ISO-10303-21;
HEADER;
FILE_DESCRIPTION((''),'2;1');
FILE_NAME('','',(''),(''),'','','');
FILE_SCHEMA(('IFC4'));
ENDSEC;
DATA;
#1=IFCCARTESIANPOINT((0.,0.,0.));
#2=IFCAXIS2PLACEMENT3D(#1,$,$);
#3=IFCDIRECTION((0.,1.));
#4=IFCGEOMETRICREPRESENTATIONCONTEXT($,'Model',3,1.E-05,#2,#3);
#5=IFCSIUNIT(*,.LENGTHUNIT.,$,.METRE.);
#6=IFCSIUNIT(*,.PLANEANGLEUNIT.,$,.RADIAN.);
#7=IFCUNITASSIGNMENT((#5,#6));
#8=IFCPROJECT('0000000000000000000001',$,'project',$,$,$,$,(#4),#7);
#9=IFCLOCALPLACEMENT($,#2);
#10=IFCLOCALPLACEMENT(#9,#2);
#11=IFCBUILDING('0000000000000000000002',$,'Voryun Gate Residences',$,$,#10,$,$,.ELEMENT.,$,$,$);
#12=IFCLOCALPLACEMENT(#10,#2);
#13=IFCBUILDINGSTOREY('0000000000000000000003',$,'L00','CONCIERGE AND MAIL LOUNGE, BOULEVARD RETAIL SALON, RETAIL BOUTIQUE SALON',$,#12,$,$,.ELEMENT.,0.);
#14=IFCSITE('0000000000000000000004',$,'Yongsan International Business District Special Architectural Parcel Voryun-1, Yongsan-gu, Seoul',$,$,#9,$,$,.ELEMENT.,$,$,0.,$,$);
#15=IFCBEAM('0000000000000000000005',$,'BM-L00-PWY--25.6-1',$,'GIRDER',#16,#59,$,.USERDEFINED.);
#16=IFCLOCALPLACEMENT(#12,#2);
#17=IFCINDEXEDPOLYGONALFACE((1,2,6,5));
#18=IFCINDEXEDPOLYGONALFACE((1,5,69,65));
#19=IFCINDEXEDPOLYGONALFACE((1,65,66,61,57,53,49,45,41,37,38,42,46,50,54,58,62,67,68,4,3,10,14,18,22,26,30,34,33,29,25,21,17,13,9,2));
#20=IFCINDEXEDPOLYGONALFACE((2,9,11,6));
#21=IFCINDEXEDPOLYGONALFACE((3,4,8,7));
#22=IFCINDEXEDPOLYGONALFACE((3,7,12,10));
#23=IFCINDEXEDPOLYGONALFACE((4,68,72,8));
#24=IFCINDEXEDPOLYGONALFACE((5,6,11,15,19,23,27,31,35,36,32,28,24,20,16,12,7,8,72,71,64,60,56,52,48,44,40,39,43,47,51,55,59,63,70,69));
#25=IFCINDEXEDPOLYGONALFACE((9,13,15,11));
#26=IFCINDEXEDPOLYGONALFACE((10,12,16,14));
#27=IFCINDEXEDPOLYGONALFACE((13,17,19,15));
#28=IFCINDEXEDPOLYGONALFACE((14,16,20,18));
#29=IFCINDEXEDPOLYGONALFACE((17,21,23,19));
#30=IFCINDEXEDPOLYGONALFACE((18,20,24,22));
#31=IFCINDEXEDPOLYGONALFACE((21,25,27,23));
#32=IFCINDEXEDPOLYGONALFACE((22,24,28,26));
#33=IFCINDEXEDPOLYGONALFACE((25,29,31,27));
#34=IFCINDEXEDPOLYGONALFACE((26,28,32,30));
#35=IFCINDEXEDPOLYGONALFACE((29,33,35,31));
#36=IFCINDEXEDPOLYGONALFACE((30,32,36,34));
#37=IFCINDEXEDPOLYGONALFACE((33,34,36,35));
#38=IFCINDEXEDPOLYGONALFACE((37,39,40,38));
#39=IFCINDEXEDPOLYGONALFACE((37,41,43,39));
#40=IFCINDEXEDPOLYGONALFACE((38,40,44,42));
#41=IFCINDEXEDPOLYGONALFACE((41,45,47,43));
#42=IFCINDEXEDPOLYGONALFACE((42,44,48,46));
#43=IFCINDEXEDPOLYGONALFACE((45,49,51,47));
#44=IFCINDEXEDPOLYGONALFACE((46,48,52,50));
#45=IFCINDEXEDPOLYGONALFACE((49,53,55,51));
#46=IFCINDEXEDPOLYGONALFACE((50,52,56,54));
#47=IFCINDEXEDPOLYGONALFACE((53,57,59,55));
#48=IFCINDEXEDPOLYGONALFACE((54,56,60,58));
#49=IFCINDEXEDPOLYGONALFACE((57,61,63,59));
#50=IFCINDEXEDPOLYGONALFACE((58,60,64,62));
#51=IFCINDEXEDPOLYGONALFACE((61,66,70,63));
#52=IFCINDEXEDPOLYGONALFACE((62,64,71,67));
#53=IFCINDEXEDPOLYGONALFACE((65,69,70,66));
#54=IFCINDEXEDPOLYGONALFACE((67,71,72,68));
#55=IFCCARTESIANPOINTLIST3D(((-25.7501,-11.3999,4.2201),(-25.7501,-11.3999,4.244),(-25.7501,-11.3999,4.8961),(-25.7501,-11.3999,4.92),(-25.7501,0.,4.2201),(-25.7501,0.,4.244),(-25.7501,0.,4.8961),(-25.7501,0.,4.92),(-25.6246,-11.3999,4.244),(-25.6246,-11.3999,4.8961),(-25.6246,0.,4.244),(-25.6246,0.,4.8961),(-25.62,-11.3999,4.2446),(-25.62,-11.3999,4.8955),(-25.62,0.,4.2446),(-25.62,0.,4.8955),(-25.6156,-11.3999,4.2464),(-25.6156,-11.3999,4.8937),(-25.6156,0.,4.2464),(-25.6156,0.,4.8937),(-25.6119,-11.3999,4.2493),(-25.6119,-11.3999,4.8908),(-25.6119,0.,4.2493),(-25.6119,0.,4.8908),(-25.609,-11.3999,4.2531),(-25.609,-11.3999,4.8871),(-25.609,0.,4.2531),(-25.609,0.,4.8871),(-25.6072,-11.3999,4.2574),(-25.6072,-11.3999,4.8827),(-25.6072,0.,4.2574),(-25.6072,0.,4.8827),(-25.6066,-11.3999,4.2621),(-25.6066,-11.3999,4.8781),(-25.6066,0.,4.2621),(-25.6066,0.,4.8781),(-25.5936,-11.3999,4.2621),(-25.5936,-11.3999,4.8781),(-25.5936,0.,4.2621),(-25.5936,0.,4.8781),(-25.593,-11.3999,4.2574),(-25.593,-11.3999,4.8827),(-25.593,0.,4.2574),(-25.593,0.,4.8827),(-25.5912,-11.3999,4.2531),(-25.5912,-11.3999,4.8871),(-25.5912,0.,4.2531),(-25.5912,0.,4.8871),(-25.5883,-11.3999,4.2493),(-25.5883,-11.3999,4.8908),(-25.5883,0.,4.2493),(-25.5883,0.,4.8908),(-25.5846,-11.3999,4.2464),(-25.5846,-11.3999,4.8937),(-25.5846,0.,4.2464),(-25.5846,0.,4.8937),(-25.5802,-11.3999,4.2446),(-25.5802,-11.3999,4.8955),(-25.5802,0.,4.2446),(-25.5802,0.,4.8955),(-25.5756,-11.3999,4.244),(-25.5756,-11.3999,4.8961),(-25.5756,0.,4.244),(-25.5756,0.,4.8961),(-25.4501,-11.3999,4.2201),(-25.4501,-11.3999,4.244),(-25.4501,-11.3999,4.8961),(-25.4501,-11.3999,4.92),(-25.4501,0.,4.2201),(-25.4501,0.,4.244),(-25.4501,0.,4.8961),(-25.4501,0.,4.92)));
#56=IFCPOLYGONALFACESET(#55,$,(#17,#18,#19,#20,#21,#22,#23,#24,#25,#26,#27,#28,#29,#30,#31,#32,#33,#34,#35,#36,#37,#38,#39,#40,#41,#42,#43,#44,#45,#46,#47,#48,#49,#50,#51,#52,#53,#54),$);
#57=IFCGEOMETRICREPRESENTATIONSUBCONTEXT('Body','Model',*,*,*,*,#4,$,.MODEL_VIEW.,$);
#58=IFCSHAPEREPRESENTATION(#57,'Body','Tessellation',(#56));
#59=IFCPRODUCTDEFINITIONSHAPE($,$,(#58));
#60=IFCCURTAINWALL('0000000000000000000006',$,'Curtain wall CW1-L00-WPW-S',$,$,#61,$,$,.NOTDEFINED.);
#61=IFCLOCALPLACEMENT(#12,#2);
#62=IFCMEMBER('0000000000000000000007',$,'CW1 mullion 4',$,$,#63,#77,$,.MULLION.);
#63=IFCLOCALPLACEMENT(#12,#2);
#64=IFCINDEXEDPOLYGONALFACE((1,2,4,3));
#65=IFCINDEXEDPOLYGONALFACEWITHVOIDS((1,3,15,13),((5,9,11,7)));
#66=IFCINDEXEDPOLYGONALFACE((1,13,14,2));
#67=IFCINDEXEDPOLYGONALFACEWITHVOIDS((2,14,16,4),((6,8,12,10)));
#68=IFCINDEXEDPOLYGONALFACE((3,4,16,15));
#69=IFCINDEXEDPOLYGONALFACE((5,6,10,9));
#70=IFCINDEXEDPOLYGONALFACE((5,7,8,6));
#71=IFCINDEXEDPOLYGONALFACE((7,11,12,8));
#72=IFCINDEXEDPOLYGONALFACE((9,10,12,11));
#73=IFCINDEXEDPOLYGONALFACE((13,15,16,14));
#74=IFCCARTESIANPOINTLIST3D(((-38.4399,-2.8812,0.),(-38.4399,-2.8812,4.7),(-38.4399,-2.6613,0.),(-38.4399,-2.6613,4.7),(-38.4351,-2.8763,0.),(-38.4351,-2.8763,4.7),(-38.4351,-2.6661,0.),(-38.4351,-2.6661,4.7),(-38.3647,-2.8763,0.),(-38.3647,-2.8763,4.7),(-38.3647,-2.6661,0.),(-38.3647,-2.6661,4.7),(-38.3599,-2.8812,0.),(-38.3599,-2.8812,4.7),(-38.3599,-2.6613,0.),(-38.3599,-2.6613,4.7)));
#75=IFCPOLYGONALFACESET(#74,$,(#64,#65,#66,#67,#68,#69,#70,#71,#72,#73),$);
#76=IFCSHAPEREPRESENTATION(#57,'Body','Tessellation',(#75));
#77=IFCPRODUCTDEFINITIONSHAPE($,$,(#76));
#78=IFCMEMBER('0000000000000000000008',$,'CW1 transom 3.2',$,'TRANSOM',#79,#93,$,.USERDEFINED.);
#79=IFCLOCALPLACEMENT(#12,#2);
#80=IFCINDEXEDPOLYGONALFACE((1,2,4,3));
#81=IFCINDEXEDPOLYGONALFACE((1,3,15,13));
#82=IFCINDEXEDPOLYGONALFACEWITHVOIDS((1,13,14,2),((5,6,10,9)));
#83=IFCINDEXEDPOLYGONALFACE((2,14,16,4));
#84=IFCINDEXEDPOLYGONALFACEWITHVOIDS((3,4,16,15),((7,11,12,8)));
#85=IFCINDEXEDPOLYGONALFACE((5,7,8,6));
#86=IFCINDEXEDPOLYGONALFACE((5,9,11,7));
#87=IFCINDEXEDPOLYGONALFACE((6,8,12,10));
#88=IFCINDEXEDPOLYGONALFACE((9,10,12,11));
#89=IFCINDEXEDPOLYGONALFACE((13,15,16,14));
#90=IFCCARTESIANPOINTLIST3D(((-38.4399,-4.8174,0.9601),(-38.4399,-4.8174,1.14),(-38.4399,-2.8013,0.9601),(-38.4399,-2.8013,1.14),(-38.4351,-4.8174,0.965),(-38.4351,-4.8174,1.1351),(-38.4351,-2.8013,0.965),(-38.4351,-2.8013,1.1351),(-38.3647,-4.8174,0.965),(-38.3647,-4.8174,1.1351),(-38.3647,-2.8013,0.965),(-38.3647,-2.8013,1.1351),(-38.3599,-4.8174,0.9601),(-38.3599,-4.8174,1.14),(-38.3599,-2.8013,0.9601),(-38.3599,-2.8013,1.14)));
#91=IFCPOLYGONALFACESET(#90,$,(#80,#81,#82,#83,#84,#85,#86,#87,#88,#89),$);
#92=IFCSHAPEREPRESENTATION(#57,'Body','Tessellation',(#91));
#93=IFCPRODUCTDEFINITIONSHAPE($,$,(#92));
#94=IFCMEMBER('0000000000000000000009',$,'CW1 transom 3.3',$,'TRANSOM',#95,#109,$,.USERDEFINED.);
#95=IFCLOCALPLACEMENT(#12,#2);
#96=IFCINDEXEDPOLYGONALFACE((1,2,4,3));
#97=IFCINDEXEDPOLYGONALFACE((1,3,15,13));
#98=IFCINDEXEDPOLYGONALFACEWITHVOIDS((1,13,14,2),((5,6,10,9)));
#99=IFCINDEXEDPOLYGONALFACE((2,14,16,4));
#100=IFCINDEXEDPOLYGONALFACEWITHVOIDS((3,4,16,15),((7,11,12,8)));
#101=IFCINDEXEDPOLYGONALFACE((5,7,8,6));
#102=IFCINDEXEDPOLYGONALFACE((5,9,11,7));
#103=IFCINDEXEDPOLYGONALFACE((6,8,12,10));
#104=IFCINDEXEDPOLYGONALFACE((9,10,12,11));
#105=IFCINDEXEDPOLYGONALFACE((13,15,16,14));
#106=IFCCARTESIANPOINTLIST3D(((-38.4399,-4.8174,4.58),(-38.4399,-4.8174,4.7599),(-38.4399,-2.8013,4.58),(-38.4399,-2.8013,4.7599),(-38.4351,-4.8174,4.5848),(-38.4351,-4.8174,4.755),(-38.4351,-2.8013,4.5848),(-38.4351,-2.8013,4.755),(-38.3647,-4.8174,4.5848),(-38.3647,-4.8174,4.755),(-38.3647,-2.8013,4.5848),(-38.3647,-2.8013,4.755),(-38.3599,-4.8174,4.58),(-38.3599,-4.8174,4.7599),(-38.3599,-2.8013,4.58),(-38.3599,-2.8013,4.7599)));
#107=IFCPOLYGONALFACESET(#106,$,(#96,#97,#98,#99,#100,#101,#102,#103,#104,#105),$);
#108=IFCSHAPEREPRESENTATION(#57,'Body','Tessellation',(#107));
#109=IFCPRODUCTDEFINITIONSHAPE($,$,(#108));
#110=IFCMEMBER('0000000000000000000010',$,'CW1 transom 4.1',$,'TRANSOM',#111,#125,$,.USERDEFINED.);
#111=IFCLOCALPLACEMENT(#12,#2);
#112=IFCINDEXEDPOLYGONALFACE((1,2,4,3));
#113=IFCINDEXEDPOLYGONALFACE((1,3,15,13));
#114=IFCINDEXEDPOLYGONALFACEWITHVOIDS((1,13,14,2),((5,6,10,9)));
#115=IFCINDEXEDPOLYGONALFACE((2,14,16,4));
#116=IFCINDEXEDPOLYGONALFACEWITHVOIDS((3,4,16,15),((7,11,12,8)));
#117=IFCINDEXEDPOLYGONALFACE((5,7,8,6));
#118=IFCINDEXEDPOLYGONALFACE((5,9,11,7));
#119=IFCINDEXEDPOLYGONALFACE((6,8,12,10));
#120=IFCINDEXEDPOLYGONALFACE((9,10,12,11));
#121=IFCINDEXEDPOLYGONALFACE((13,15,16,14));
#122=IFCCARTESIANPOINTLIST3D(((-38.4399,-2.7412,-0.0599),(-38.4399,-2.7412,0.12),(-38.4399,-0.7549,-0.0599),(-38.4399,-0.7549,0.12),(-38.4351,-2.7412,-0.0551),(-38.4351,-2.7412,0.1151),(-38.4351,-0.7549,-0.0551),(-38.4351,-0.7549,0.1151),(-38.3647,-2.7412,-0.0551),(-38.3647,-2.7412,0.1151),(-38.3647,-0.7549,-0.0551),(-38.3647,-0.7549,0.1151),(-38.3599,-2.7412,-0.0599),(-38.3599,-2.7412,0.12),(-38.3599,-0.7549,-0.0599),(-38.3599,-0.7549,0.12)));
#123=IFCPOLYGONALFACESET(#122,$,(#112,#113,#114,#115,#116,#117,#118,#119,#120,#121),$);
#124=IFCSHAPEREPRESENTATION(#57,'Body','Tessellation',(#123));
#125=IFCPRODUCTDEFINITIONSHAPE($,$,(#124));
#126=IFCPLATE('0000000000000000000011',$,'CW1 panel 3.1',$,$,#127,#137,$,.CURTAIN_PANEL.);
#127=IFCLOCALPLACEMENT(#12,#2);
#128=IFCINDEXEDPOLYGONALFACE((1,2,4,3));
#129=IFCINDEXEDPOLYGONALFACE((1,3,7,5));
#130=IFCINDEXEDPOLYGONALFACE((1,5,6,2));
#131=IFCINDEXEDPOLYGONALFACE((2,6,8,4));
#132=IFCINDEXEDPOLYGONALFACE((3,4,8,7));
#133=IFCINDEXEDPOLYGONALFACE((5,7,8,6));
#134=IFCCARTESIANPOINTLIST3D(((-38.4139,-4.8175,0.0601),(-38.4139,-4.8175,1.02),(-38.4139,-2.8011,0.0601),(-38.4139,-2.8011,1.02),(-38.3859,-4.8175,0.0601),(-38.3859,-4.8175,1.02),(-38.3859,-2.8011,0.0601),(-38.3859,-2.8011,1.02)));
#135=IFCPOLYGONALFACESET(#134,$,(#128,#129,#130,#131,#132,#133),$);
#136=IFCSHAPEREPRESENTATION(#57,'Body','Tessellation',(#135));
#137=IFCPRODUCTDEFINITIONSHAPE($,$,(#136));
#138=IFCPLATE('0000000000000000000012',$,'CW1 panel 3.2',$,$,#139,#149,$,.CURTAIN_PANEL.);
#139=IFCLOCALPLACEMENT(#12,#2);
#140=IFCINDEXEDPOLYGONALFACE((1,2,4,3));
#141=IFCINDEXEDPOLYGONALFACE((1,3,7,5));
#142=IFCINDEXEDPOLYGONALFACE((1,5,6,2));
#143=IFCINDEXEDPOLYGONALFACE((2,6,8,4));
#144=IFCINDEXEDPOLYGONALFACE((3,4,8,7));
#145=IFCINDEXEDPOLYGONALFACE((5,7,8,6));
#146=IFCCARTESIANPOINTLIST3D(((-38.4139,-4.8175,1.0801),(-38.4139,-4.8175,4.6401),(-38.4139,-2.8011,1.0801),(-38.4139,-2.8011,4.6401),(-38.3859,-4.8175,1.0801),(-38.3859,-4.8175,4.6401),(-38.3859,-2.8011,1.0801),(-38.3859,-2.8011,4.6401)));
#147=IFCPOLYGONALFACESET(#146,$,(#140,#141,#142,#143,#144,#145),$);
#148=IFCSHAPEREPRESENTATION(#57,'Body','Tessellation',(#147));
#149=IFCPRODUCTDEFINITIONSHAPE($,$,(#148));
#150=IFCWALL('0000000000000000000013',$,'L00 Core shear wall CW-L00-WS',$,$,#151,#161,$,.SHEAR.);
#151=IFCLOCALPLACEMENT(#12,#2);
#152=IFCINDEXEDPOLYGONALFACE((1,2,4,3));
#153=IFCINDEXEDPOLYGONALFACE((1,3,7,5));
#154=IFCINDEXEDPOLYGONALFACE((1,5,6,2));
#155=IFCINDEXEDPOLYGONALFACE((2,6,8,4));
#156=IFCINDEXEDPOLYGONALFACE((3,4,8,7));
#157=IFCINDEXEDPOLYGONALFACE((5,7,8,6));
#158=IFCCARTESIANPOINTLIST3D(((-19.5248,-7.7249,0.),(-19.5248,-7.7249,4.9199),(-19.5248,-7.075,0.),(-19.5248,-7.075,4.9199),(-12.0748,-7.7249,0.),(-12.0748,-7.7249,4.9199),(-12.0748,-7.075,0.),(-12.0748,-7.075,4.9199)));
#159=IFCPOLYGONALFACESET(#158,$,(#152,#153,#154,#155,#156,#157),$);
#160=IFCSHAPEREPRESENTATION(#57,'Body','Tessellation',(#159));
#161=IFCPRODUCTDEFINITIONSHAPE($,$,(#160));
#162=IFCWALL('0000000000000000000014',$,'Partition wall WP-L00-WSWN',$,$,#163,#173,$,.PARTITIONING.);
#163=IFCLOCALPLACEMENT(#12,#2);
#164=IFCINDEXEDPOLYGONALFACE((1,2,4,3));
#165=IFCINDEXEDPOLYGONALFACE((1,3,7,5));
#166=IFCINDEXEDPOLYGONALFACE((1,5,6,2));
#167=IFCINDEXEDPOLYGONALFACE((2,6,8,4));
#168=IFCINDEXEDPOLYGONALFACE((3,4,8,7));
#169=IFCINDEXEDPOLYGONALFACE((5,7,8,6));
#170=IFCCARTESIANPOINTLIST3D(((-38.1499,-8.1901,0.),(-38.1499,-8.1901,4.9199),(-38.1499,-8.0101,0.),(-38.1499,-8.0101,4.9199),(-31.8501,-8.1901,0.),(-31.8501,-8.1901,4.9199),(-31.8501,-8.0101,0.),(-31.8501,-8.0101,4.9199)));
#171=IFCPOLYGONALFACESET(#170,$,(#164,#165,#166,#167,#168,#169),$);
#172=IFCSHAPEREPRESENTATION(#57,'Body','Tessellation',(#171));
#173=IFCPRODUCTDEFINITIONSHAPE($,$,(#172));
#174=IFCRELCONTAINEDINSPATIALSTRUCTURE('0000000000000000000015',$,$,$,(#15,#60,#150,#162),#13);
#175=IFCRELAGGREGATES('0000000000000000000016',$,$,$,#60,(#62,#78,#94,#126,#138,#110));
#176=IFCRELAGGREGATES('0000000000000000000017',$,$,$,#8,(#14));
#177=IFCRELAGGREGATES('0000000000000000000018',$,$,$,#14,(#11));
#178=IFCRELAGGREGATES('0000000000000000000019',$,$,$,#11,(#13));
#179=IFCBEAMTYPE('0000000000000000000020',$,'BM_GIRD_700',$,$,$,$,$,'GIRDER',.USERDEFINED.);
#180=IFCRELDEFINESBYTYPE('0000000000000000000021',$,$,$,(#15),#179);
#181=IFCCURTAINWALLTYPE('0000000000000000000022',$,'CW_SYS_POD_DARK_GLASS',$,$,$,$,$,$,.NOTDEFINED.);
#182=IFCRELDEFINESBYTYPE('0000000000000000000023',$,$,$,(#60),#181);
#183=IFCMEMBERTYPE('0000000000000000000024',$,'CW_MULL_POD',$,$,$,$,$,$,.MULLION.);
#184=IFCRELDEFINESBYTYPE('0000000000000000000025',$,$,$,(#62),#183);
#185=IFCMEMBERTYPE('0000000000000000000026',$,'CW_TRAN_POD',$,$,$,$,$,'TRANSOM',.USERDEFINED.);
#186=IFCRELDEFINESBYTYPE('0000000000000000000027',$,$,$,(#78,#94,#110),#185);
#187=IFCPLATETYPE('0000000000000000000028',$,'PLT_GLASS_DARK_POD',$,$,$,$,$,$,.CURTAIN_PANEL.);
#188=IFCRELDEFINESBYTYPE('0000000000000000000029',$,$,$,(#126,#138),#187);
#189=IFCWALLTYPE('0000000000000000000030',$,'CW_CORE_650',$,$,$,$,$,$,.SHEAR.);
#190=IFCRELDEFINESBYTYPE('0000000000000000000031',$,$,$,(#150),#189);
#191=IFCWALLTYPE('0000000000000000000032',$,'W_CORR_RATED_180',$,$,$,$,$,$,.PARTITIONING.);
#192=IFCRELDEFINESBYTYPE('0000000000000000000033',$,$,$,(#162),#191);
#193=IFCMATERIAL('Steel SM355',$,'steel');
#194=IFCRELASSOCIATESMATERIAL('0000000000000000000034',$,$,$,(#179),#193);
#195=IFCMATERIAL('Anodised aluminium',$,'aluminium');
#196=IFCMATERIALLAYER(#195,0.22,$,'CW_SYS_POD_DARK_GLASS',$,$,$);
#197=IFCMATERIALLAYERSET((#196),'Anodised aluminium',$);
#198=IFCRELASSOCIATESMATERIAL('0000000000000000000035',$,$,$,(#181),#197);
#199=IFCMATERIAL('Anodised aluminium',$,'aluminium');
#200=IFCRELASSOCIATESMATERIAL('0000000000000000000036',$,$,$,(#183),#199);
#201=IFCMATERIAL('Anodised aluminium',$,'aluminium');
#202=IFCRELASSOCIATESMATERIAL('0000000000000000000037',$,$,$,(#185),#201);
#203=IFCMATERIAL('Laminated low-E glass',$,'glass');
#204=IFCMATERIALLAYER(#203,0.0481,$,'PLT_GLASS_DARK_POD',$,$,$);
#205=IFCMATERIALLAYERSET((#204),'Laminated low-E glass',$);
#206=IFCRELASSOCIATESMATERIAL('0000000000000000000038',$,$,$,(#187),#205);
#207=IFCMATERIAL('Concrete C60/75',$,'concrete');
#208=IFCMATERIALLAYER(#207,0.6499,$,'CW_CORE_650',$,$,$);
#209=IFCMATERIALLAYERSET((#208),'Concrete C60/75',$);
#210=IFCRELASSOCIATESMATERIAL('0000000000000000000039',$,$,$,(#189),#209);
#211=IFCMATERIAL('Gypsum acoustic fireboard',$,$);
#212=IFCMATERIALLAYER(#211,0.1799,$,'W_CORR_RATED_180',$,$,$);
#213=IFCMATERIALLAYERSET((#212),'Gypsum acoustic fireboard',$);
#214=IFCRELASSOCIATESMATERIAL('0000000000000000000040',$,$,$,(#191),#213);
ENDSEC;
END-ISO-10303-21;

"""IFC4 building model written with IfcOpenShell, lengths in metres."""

from ifc_helpers import new_model, si_unit, direction, frame, frame_2d, origin, origin_2d, place, context, subcontext, project, spatial, rectangle, hollow_rectangle, i_section, extrude, material, layer, layer_set, material_profile, profile_set, type_object, element, aggregate, save


model = new_model("IFC4")

# Units and contexts
model_context = context("Model", 3, precision=1e-05, world=origin(), true_north=direction((0.0, 1.0)))
body_context = subcontext(model_context, "Body", "Model", "MODEL_VIEW")
ifc_project = project(units=[si_unit("LENGTHUNIT", "METRE"), si_unit("PLANEANGLEUNIT", "RADIAN")], contexts=[model_context])

# Site, building, storey
site_placement = place(None, origin())
site = spatial("IfcSite", under=ifc_project, at=site_placement, Name="Yongsan International Business District Special Architectural Parcel Voryun-1, Yongsan-gu, Seoul", CompositionType="ELEMENT", RefElevation=0.0)
building_placement = place(site_placement, origin())
building = spatial("IfcBuilding", under=site, at=building_placement, Name="Voryun Gate Residences", CompositionType="ELEMENT")
storey_placement = place(building_placement, origin())
storey = spatial("IfcBuildingStorey", under=building, at=storey_placement, Name="L00", Description="CONCIERGE AND MAIL LOUNGE, BOULEVARD RETAIL SALON, RETAIL BOUTIQUE SALON", CompositionType="ELEMENT", Elevation=0.0)

# Beam
ifc_material_1 = material(Name="Steel SM355", Category="steel")
ifc_material_profile_1 = material_profile(ifc_material_1, i_section(OverallWidth=0.3, OverallDepth=0.7, WebThickness=0.0129, FlangeThickness=0.0239, FilletRadius=0.0181, at=origin_2d()), Name="H-700x300x13x24")
ifc_profile_set_1 = profile_set([ifc_material_profile_1], Name="Steel SM355")
beam_type = type_object("IfcBeamType", Name="BM_GIRD_700", ElementType="GIRDER", PredefinedType="USERDEFINED", material=ifc_profile_set_1)
for number, where, z_axis, x_axis, name in (
    (1, (-25.6001, -11.3999, 4.5701), (0.0, 1.0, 0.0), (-1.0, 0.0, 0.0), "BM-L00-PWY--25.6-1"),
):
    element("IfcBeam", number, at=place(storey_placement, frame(where, z_axis=z_axis, x_axis=x_axis)), inside=storey, type_object=beam_type, Name=name, ObjectType="GIRDER", PredefinedType="USERDEFINED", context=body_context, shape_type="SweptSolid", body=[
        extrude(i_section(OverallWidth=0.3, OverallDepth=0.7, WebThickness=0.0129, FlangeThickness=0.0239, FilletRadius=0.0181, at=origin_2d()), origin(), (0.0, 0.0, 1.0), 11.3999),
    ])

# Curtain wall, members, plates
ifc_material_2 = material(Name="Anodised aluminium", Category="aluminium")
ifc_layer_1 = layer(ifc_material_2, 0.22, Name="CW_SYS_POD_DARK_GLASS")
ifc_layer_set_1 = layer_set([ifc_layer_1], Name="Anodised aluminium")
curtain_wall_type = type_object("IfcCurtainWallType", Name="CW_SYS_POD_DARK_GLASS", PredefinedType="NOTDEFINED", material=ifc_layer_set_1)
curtain_wall_placement = place(storey_placement, origin())
curtain_wall = element("IfcCurtainWall", 2, at=curtain_wall_placement, inside=storey, type_object=curtain_wall_type, Name="Curtain wall CW1-L00-WPW-S", PredefinedType="NOTDEFINED")
ifc_material_3 = material(Name="Anodised aluminium", Category="aluminium")
ifc_material_profile_2 = material_profile(ifc_material_3, hollow_rectangle(XDim=0.0801, YDim=0.22, WallThickness=0.0049, at=origin_2d()), Name="ALU-MULL-220x80x5")
ifc_profile_set_2 = profile_set([ifc_material_profile_2], Name="Anodised aluminium")
member_type_1 = type_object("IfcMemberType", Name="CW_MULL_POD", PredefinedType="MULLION", material=ifc_profile_set_2)
member_1_placement = place(storey_placement, frame((-38.3999, -2.7712, 0.0), z_axis=(0.0, 0.0, 1.0), x_axis=(-1.0, 0.0, 0.0)))
member_1 = element("IfcMember", 3, at=member_1_placement, type_object=member_type_1, Name="CW1 mullion 4", PredefinedType="MULLION", context=body_context, shape_type="SweptSolid", body=[
    extrude(hollow_rectangle(XDim=0.0801, YDim=0.22, WallThickness=0.0049, at=origin_2d()), origin(), (0.0, 0.0, 1.0), 4.7),
])
ifc_material_4 = material(Name="Anodised aluminium", Category="aluminium")
ifc_material_profile_3 = material_profile(ifc_material_4, hollow_rectangle(XDim=0.0801, YDim=0.1799, WallThickness=0.0049, at=origin_2d()), Name="ALU-TRAN-180x80x5")
ifc_profile_set_3 = profile_set([ifc_material_profile_3], Name="Anodised aluminium")
member_type_2 = type_object("IfcMemberType", Name="CW_TRAN_POD", ElementType="TRANSOM", PredefinedType="USERDEFINED", material=ifc_profile_set_3)
member_2_placement = place(storey_placement, frame((-38.3999, -4.8174, 1.05), z_axis=(0.0, 1.0, 0.0), x_axis=(-1.0, 0.0, 0.0)))
member_2 = element("IfcMember", 4, at=member_2_placement, type_object=member_type_2, Name="CW1 transom 3.2", ObjectType="TRANSOM", PredefinedType="USERDEFINED", context=body_context, shape_type="SweptSolid", body=[
    extrude(hollow_rectangle(XDim=0.0801, YDim=0.1799, WallThickness=0.0049, at=origin_2d()), origin(), (0.0, 0.0, 1.0), 2.0161),
])
member_3_placement = place(storey_placement, frame((-38.3999, -4.8174, 4.6699), z_axis=(0.0, 1.0, 0.0), x_axis=(-1.0, 0.0, 0.0)))
member_3 = element("IfcMember", 5, at=member_3_placement, type_object=member_type_2, Name="CW1 transom 3.3", ObjectType="TRANSOM", PredefinedType="USERDEFINED", context=body_context, shape_type="SweptSolid", body=[
    extrude(hollow_rectangle(XDim=0.0801, YDim=0.1799, WallThickness=0.0049, at=origin_2d()), origin(), (0.0, 0.0, 1.0), 2.0161),
])
member_4_placement = place(storey_placement, frame((-38.3999, -2.7412, 0.03), z_axis=(0.0, 1.0, 0.0), x_axis=(-1.0, 0.0, 0.0)))
member_4 = element("IfcMember", 6, at=member_4_placement, type_object=member_type_2, Name="CW1 transom 4.1", ObjectType="TRANSOM", PredefinedType="USERDEFINED", context=body_context, shape_type="SweptSolid", body=[
    extrude(hollow_rectangle(XDim=0.0801, YDim=0.1799, WallThickness=0.0049, at=origin_2d()), origin(), (0.0, 0.0, 1.0), 1.9863),
])
ifc_material_5 = material(Name="Laminated low-E glass", Category="glass")
ifc_layer_2 = layer(ifc_material_5, 0.0481, Name="PLT_GLASS_DARK_POD")
ifc_layer_set_2 = layer_set([ifc_layer_2], Name="Laminated low-E glass")
plate_type = type_object("IfcPlateType", Name="PLT_GLASS_DARK_POD", PredefinedType="CURTAIN_PANEL", material=ifc_layer_set_2)
plate_1_placement = place(storey_placement, frame((-38.3999, -3.8093, 0.0601), z_axis=(0.0, 0.0, 1.0), x_axis=(0.0, 1.0, 0.0)))
plate_1 = element("IfcPlate", 7, at=plate_1_placement, type_object=plate_type, Name="CW1 panel 3.1", PredefinedType="CURTAIN_PANEL", context=body_context, shape_type="SweptSolid", body=[
    extrude(rectangle(XDim=2.0164, YDim=0.0281, at=origin_2d()), origin(), (0.0, 0.0, 1.0), 0.96),
])
plate_2_placement = place(storey_placement, frame((-38.3999, -3.8093, 1.0801), z_axis=(0.0, 0.0, 1.0), x_axis=(0.0, 1.0, 0.0)))
plate_2 = element("IfcPlate", 8, at=plate_2_placement, type_object=plate_type, Name="CW1 panel 3.2", PredefinedType="CURTAIN_PANEL", context=body_context, shape_type="SweptSolid", body=[
    extrude(rectangle(XDim=2.0164, YDim=0.0281, at=origin_2d()), origin(), (0.0, 0.0, 1.0), 3.5601),
])
aggregate(curtain_wall, [member_1, member_2, member_3, plate_1, plate_2, member_4])

# Walls
ifc_material_6 = material(Name="Concrete C60/75", Category="concrete")
ifc_layer_3 = layer(ifc_material_6, 0.6499, Name="CW_CORE_650")
ifc_layer_set_3 = layer_set([ifc_layer_3], Name="Concrete C60/75")
wall_type_1 = type_object("IfcWallType", Name="CW_CORE_650", PredefinedType="SHEAR", material=ifc_layer_set_3)
wall_1_placement = place(storey_placement, frame((-19.5249, -7.3999, 0.0), z_axis=(0.0, 0.0, 1.0), x_axis=(1.0, 0.0, 0.0)))
element("IfcWall", 9, at=wall_1_placement, inside=storey, type_object=wall_type_1, Name="L00 Core shear wall CW-L00-WS", PredefinedType="SHEAR", context=body_context, shape_type="SweptSolid", body=[
    extrude(rectangle(XDim=7.45, YDim=0.6499, at=frame_2d((3.7251, 0.0))), origin(), (0.0, 0.0, 1.0), 4.9199),
])
ifc_material_7 = material(Name="Gypsum acoustic fireboard")
ifc_layer_4 = layer(ifc_material_7, 0.1799, Name="W_CORR_RATED_180")
ifc_layer_set_4 = layer_set([ifc_layer_4], Name="Gypsum acoustic fireboard")
wall_type_2 = type_object("IfcWallType", Name="W_CORR_RATED_180", PredefinedType="PARTITIONING", material=ifc_layer_set_4)
wall_2_placement = place(storey_placement, frame((-38.1499, -8.1001, 0.0), z_axis=(0.0, 0.0, 1.0), x_axis=(1.0, 0.0, 0.0)))
element("IfcWall", 10, at=wall_2_placement, inside=storey, type_object=wall_type_2, Name="Partition wall WP-L00-WSWN", PredefinedType="PARTITIONING", context=body_context, shape_type="SweptSolid", body=[
    extrude(rectangle(XDim=6.2998, YDim=0.1799, at=frame_2d((3.1499, 0.0))), origin(), (0.0, 0.0, 1.0), 4.9199),
])

save(model, "model.ifc")
